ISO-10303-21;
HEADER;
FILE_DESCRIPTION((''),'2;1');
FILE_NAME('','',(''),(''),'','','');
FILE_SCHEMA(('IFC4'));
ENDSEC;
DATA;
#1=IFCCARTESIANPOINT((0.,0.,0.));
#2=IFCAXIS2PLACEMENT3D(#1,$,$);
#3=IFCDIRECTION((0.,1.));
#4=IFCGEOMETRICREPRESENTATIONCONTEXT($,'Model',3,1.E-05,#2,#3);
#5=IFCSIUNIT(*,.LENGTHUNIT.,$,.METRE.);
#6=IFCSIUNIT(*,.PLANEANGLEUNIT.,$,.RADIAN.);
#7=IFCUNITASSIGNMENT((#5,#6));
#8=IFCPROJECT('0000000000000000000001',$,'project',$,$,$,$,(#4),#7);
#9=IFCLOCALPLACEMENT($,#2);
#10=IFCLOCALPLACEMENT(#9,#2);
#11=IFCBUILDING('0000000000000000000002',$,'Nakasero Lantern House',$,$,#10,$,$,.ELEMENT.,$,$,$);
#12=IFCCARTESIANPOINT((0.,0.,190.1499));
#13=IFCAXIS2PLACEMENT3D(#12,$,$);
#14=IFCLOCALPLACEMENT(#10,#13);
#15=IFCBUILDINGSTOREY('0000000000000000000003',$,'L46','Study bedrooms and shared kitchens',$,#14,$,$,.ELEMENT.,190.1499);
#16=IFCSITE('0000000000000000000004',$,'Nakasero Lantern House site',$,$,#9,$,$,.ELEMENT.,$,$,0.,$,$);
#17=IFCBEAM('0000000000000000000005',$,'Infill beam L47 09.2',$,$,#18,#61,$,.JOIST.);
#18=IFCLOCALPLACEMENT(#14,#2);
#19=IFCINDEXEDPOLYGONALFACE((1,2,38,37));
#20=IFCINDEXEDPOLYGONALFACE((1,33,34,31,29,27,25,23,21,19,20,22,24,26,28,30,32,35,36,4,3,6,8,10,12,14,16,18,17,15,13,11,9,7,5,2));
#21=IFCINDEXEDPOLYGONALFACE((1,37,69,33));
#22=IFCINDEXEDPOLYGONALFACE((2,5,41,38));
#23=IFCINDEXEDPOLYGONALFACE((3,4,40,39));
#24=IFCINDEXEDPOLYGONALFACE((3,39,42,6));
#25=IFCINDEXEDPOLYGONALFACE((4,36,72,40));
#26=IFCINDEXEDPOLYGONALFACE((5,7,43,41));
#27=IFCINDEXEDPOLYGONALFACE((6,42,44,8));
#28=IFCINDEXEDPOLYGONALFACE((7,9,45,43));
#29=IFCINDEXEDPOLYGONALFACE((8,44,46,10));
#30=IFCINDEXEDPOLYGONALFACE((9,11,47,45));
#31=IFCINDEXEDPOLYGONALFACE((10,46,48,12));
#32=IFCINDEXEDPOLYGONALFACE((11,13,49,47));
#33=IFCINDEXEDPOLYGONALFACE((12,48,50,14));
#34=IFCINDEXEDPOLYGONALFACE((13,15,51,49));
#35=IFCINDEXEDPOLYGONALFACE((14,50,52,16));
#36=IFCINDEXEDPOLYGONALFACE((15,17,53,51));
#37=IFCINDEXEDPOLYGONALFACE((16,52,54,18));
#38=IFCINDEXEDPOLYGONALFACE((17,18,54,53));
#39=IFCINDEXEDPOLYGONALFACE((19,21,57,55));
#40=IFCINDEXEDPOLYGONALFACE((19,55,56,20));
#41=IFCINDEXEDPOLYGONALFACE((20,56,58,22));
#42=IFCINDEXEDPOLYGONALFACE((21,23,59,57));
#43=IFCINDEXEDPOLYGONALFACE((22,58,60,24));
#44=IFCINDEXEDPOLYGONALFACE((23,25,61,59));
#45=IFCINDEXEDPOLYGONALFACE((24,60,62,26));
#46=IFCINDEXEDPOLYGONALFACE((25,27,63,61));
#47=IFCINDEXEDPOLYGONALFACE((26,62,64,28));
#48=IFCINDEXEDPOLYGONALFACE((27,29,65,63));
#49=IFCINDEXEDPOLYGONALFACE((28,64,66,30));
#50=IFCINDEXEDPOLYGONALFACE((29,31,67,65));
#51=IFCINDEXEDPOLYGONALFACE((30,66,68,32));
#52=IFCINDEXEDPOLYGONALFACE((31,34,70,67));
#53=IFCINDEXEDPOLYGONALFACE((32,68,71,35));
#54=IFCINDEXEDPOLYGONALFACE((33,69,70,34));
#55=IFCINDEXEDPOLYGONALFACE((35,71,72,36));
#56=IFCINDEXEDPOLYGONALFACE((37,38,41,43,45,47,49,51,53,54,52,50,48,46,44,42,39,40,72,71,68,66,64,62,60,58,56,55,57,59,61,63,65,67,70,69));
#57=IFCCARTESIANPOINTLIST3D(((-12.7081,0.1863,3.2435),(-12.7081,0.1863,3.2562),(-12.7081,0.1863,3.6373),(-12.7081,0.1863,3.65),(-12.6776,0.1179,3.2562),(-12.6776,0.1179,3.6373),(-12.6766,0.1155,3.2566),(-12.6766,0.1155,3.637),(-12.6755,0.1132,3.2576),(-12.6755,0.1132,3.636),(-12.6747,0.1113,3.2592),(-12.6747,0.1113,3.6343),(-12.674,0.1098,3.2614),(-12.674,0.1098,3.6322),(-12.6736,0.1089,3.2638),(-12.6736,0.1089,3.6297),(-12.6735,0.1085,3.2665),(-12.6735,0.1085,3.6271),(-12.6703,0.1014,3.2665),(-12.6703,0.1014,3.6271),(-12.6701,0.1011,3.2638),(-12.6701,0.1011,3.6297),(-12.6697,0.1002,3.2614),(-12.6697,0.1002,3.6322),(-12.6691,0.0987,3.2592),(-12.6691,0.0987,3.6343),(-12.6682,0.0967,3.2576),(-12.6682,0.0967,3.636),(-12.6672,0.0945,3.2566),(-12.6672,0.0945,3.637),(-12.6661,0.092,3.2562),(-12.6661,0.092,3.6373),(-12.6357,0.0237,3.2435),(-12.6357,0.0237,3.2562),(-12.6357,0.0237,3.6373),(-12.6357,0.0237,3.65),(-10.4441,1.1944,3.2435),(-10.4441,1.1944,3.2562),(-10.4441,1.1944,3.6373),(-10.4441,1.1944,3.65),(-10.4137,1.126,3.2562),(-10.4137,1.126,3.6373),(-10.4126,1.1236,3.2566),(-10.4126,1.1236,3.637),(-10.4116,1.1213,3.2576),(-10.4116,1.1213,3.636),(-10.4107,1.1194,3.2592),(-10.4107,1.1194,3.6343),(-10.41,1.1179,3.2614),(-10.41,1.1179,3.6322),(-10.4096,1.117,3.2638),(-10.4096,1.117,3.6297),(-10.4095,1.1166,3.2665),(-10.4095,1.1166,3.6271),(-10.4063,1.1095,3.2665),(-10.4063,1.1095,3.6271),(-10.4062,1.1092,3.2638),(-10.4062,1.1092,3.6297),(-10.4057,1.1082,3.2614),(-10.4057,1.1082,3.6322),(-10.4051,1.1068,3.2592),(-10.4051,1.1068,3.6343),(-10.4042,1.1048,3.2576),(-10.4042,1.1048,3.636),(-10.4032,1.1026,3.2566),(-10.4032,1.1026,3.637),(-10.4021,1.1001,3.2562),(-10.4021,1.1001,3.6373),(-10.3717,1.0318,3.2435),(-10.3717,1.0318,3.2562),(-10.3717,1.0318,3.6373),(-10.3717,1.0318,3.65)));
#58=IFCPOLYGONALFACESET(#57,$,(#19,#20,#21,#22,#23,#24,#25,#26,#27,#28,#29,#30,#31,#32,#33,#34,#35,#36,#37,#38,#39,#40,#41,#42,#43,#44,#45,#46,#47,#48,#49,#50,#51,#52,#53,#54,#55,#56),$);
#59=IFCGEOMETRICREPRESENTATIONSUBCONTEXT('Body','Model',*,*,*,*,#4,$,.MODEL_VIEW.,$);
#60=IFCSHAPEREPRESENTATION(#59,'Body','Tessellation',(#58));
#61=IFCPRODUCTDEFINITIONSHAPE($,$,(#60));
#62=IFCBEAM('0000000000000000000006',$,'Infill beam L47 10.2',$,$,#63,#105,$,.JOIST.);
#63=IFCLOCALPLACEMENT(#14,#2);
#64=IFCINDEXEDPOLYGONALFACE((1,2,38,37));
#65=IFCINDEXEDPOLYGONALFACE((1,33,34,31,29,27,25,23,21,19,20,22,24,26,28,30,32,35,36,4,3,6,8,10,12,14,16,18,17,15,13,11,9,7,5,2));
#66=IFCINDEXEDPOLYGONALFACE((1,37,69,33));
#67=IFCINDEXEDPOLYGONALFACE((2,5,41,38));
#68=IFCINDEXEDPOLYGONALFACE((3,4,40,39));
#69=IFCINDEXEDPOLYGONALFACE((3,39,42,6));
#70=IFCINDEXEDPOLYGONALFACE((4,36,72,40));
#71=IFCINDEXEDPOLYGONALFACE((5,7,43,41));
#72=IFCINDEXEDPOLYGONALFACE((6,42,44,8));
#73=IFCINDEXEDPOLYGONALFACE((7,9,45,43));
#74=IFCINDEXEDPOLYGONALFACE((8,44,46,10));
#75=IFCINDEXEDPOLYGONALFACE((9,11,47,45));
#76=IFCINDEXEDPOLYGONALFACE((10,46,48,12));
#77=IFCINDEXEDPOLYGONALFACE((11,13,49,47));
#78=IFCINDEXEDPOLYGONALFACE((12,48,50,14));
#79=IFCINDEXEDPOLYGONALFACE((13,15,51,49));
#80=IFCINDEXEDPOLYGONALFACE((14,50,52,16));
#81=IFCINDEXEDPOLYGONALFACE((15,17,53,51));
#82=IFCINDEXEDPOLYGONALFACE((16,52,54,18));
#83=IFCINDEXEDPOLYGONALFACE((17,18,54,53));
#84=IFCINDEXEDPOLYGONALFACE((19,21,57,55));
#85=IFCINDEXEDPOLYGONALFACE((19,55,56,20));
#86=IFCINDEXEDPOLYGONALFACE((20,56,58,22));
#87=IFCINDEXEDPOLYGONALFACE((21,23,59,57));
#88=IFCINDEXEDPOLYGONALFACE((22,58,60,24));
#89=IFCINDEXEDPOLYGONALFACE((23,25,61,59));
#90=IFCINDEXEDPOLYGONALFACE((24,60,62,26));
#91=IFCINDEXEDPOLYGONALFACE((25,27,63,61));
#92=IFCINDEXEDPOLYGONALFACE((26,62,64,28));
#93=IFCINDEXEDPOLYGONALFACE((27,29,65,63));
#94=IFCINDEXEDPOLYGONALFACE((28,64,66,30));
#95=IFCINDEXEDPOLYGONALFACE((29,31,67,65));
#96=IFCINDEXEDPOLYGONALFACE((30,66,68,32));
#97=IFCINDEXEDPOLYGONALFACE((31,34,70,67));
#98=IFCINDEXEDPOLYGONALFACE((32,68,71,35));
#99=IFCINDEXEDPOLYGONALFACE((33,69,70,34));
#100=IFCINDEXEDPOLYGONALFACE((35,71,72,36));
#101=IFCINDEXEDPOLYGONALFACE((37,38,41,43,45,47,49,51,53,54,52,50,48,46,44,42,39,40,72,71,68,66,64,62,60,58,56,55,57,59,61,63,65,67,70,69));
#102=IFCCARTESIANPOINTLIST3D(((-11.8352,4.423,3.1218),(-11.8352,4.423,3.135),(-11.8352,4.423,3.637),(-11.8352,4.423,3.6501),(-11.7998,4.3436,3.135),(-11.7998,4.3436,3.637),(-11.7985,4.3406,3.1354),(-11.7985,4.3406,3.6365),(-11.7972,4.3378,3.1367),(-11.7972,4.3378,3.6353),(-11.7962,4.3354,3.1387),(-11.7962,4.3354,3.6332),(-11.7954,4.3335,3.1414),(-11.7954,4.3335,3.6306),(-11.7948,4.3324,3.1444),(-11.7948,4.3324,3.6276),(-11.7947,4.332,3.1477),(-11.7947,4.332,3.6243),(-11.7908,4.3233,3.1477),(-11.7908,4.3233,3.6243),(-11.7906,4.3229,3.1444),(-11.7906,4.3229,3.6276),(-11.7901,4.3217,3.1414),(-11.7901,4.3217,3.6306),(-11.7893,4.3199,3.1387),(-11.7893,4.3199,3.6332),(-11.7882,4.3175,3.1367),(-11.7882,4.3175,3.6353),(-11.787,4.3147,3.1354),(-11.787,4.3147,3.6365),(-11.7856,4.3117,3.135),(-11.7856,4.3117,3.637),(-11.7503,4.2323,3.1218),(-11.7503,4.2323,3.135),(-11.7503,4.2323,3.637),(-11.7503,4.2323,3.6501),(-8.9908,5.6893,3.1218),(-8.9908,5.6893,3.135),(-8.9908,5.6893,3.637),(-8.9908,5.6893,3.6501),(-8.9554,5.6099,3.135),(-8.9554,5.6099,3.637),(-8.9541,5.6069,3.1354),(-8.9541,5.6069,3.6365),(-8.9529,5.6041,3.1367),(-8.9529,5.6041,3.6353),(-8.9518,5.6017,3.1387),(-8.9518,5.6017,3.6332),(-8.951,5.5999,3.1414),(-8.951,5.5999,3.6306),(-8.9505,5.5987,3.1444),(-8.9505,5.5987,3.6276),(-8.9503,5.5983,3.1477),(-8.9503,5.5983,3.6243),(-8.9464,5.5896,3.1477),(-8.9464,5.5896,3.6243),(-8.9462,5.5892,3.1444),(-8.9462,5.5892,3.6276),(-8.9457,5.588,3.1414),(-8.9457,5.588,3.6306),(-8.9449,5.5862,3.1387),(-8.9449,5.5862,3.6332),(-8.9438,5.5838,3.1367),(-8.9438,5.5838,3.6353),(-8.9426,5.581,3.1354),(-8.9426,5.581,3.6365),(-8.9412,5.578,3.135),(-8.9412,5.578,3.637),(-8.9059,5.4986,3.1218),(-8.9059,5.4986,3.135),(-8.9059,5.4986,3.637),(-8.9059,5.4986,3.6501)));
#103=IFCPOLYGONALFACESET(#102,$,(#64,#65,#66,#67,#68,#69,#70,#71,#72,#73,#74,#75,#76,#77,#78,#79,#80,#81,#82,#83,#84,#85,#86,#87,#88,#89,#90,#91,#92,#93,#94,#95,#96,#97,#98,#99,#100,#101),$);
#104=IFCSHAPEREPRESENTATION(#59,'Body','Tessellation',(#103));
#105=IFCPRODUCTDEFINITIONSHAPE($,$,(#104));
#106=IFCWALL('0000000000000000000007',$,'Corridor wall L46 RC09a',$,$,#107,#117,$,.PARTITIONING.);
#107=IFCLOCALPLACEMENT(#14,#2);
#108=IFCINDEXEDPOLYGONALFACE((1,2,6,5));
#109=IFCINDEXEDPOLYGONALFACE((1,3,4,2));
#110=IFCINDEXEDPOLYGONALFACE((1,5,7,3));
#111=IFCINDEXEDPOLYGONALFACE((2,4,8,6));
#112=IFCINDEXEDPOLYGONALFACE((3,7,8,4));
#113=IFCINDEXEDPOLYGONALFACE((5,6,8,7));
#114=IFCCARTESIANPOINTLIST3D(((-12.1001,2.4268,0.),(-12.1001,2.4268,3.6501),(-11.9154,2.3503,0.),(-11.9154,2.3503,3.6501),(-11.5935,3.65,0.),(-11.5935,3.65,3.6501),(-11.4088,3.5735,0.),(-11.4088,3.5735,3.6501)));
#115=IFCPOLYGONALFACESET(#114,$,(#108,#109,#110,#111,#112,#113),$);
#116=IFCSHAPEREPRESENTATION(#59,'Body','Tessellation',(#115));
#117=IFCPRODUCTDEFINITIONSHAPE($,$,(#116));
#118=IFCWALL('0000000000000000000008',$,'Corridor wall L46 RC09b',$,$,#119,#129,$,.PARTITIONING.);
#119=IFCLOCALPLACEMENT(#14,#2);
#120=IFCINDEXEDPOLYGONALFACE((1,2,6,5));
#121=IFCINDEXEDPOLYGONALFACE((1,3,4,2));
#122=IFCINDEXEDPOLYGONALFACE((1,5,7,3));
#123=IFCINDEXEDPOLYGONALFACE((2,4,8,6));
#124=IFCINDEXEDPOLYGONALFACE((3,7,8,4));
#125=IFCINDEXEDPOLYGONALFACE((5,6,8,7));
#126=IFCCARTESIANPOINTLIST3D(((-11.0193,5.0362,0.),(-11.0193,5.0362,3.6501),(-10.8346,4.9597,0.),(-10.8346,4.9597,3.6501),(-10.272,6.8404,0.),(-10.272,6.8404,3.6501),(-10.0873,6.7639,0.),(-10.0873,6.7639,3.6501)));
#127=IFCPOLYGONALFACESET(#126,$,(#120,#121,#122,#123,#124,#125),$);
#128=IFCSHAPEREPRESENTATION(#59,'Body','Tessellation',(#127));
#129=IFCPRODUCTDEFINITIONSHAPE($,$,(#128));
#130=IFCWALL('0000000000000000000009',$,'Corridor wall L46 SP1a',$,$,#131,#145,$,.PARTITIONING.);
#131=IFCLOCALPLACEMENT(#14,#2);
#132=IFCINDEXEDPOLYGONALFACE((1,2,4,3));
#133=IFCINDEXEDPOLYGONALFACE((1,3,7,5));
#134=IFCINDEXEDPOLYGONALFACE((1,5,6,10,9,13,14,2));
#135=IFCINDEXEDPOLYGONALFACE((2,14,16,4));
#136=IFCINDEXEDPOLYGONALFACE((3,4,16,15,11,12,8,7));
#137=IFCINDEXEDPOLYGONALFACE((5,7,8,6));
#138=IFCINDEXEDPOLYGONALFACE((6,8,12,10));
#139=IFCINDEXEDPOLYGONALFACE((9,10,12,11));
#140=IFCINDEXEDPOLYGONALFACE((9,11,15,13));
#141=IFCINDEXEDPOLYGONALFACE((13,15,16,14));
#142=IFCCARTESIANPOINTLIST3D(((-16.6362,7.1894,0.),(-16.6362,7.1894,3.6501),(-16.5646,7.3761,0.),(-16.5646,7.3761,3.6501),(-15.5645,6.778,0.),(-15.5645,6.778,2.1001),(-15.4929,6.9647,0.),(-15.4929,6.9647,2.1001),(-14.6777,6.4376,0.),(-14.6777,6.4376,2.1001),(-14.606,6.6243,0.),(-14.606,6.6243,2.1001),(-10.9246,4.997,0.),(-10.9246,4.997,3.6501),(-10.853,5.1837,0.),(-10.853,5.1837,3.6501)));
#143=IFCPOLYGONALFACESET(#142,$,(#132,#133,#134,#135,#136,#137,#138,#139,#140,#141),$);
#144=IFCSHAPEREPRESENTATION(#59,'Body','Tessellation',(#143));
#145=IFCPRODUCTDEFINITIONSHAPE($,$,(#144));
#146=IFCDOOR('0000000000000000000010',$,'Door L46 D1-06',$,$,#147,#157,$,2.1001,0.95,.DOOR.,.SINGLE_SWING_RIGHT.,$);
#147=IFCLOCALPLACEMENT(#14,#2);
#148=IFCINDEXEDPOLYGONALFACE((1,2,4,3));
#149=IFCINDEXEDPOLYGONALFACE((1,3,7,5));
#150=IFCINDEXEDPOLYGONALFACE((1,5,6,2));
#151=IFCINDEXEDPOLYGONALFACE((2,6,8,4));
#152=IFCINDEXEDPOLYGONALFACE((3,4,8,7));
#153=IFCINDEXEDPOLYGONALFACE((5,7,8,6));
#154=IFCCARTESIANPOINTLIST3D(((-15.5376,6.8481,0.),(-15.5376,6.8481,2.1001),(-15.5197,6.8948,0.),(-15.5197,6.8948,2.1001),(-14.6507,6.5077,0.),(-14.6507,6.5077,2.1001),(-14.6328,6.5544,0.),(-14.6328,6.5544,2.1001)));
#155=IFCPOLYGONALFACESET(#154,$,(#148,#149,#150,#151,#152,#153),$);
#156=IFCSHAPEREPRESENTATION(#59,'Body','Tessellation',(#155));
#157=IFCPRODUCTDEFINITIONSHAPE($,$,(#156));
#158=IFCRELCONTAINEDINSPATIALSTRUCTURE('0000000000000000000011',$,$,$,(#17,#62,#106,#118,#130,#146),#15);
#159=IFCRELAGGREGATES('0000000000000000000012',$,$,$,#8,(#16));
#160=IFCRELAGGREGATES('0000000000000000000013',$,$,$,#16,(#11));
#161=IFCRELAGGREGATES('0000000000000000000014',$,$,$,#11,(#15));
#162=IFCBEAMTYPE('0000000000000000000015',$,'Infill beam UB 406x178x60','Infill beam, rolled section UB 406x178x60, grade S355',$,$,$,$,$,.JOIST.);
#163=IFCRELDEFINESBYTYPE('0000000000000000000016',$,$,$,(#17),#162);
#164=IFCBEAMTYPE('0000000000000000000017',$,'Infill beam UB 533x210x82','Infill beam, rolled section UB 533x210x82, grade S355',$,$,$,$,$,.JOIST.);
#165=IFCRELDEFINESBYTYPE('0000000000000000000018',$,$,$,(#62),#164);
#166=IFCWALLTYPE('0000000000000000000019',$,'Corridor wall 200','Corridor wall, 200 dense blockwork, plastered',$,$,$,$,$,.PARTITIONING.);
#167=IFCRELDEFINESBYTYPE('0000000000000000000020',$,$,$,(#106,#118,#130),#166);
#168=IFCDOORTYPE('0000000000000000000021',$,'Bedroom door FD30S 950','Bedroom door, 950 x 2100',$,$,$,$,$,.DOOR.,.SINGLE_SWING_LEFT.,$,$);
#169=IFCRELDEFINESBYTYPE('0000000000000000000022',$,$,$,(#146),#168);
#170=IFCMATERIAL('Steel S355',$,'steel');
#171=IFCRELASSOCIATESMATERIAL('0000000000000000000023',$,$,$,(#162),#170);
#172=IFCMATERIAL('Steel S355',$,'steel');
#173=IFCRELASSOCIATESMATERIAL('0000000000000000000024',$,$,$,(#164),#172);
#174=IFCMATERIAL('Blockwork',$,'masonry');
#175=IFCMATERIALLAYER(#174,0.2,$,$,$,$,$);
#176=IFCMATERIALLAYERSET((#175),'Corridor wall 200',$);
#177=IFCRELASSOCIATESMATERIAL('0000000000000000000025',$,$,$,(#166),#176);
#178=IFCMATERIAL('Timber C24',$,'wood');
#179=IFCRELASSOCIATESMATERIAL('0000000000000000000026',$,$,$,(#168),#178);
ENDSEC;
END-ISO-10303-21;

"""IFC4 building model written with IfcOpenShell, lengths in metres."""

from ifc_helpers import new_model, si_unit, direction, frame, frame_2d, origin, origin_2d, place, context, subcontext, project, spatial, rectangle, i_section, extrude, material, layer, layer_set, material_profile, profile_set, type_object, element, fill, save


model = new_model("IFC4")

# Units and contexts
model_context = context("Model", 3, precision=1e-05, world=origin(), true_north=direction((0.0, 1.0)))
body_context = subcontext(model_context, "Body", "Model", "MODEL_VIEW")
ifc_project = project(units=[si_unit("LENGTHUNIT", "METRE"), si_unit("PLANEANGLEUNIT", "RADIAN")], contexts=[model_context])

# Site, building, storey
site_placement = place(None, origin())
site = spatial("IfcSite", under=ifc_project, at=site_placement, Name="Nakasero Lantern House site", CompositionType="ELEMENT", RefElevation=0.0)
building_placement = place(site_placement, origin())
building = spatial("IfcBuilding", under=site, at=building_placement, Name="Nakasero Lantern House", CompositionType="ELEMENT")
storey_placement = place(building_placement, frame((0.0, 0.0, 190.1499)))
storey = spatial("IfcBuildingStorey", under=building, at=storey_placement, Name="L46", Description="Study bedrooms and shared kitchens", CompositionType="ELEMENT", Elevation=190.1499)

# Beams
ifc_material_1 = material(Name="Steel S355", Category="steel")
ifc_material_profile_1 = material_profile(ifc_material_1, i_section(OverallWidth=0.178, OverallDepth=0.4065, WebThickness=0.0078, FlangeThickness=0.0127, FilletRadius=0.0103, at=origin_2d()), Name="UB 406x178x60")
ifc_profile_set_1 = profile_set([ifc_material_profile_1], Name="Steel S355")
beam_type_1 = type_object("IfcBeamType", Name="Infill beam UB 406x178x60", Description="Infill beam, rolled section UB 406x178x60, grade S355", PredefinedType="JOIST", material=ifc_profile_set_1)
beam_1_placement = place(storey_placement, frame((-12.6719, 0.105, 3.4468), z_axis=(0.913531, 0.406769, 0.0), x_axis=(-0.406769, 0.913531, 0.0)))
element("IfcBeam", 1, at=beam_1_placement, inside=storey, type_object=beam_type_1, Name="Infill beam L47 09.2", PredefinedType="JOIST", context=body_context, shape_type="SweptSolid", body=[
    extrude(i_section(OverallWidth=0.178, OverallDepth=0.4065, WebThickness=0.0078, FlangeThickness=0.0127, FilletRadius=0.0103, at=origin_2d()), origin(), (0.0, 0.0, 1.0), 2.4783),
])
ifc_material_2 = material(Name="Steel S355", Category="steel")
ifc_material_profile_2 = material_profile(ifc_material_2, i_section(OverallWidth=0.2087, OverallDepth=0.5283, WebThickness=0.0095, FlangeThickness=0.0132, FilletRadius=0.0127, at=origin_2d()), Name="UB 533x210x82")
ifc_profile_set_2 = profile_set([ifc_material_profile_2], Name="Steel S355")
beam_type_2 = type_object("IfcBeamType", Name="Infill beam UB 533x210x82", Description="Infill beam, rolled section UB 533x210x82, grade S355", PredefinedType="JOIST", material=ifc_profile_set_2)
beam_2_placement = place(storey_placement, frame((-11.7927, 4.3276, 3.386), z_axis=(0.913556, 0.406713, 0.0), x_axis=(-0.406713, 0.913556, 0.0)))
element("IfcBeam", 2, at=beam_2_placement, inside=storey, type_object=beam_type_2, Name="Infill beam L47 10.2", PredefinedType="JOIST", context=body_context, shape_type="SweptSolid", body=[
    extrude(i_section(OverallWidth=0.2087, OverallDepth=0.5283, WebThickness=0.0095, FlangeThickness=0.0132, FilletRadius=0.0127, at=origin_2d()), origin(), (0.0, 0.0, 1.0), 3.1135),
])

# Walls
ifc_material_3 = material(Name="Blockwork", Category="masonry")
ifc_layer_1 = layer(ifc_material_3, 0.2)
ifc_layer_set_1 = layer_set([ifc_layer_1], Name="Corridor wall 200")
wall_type_1 = type_object("IfcWallType", Name="Corridor wall 200", Description="Corridor wall, 200 dense blockwork, plastered", PredefinedType="PARTITIONING", material=ifc_layer_set_1)
wall_1_placement = place(storey_placement, frame((-12.0078, 2.3884, 0.0), z_axis=(0.0, 0.0, 1.0), x_axis=(0.38265, 0.923893, 0.0)))
element("IfcWall", 3, at=wall_1_placement, inside=storey, type_object=wall_type_1, Name="Corridor wall L46 RC09a", PredefinedType="PARTITIONING", context=body_context, shape_type="SweptSolid", body=[
    extrude(rectangle(XDim=1.324, YDim=0.2, at=frame_2d((0.6621, 0.0))), origin(), (0.0, 0.0, 1.0), 3.6501),
])
wall_2_placement = place(storey_placement, frame((-10.927, 4.9978, 0.0), z_axis=(0.0, 0.0, 1.0), x_axis=(0.382679, 0.923881, 0.0)))
element("IfcWall", 4, at=wall_2_placement, inside=storey, type_object=wall_type_1, Name="Corridor wall L46 RC09b", PredefinedType="PARTITIONING", context=body_context, shape_type="SweptSolid", body=[
    extrude(rectangle(XDim=1.9529, YDim=0.2, at=frame_2d((0.9766, 0.0))), origin(), (0.0, 0.0, 1.0), 3.6501),
])

# Wall, opening, door
wall_3_placement = place(storey_placement, frame((-10.8887, 5.0903, 0.0), z_axis=(0.0, 0.0, 1.0), x_axis=(-0.933587, 0.358351, 0.0)))
wall_3 = element("IfcWall", 5, at=wall_3_placement, inside=storey, type_object=wall_type_1, Name="Corridor wall L46 SP1a", PredefinedType="PARTITIONING", context=body_context, shape_type="SweptSolid", body=[
    extrude(rectangle(XDim=6.1179, YDim=0.2, at=frame_2d((3.0591, 0.0))), origin(), (0.0, 0.0, 1.0), 3.6501),
])
opening_1_placement = place(wall_3_placement, frame((4.02, 0.0, 0.0)))
opening_1 = element("IfcOpeningElement", 6, at=opening_1_placement, cuts=wall_3, PredefinedType="OPENING", context=body_context, shape_type="SweptSolid", body=[
    extrude(rectangle(XDim=0.95, YDim=2.1001, at=frame_2d((0.4751, 1.05))), frame((0.0, 0.1199, 0.0), z_axis=(0.0, -1.0, 0.0), x_axis=(1.0, 0.0, 0.0)), (0.0, 0.0, 1.0), 0.24),
])
ifc_material_4 = material(Name="Timber C24", Category="wood")
door_type_1 = type_object("IfcDoorType", Name="Bedroom door FD30S 950", Description="Bedroom door, 950 x 2100", OperationType="SINGLE_SWING_LEFT", PredefinedType="DOOR", material=ifc_material_4)
door_1_placement = place(opening_1_placement, origin())
door_1 = element("IfcDoor", 7, at=door_1_placement, inside=storey, type_object=door_type_1, Name="Door L46 D1-06", OperationType="SINGLE_SWING_RIGHT", OverallHeight=2.1001, OverallWidth=0.95, PredefinedType="DOOR", context=body_context, shape_type="SweptSolid", body=[
    extrude(rectangle(XDim=0.95, YDim=2.1001, at=frame_2d((0.4751, 1.05))), frame((0.0, 0.0249, 0.0), z_axis=(0.0, -1.0, 0.0), x_axis=(1.0, 0.0, 0.0)), (0.0, 0.0, 1.0), 0.05),
])
fill(opening_1, door_1)

save(model, "model.ifc")
